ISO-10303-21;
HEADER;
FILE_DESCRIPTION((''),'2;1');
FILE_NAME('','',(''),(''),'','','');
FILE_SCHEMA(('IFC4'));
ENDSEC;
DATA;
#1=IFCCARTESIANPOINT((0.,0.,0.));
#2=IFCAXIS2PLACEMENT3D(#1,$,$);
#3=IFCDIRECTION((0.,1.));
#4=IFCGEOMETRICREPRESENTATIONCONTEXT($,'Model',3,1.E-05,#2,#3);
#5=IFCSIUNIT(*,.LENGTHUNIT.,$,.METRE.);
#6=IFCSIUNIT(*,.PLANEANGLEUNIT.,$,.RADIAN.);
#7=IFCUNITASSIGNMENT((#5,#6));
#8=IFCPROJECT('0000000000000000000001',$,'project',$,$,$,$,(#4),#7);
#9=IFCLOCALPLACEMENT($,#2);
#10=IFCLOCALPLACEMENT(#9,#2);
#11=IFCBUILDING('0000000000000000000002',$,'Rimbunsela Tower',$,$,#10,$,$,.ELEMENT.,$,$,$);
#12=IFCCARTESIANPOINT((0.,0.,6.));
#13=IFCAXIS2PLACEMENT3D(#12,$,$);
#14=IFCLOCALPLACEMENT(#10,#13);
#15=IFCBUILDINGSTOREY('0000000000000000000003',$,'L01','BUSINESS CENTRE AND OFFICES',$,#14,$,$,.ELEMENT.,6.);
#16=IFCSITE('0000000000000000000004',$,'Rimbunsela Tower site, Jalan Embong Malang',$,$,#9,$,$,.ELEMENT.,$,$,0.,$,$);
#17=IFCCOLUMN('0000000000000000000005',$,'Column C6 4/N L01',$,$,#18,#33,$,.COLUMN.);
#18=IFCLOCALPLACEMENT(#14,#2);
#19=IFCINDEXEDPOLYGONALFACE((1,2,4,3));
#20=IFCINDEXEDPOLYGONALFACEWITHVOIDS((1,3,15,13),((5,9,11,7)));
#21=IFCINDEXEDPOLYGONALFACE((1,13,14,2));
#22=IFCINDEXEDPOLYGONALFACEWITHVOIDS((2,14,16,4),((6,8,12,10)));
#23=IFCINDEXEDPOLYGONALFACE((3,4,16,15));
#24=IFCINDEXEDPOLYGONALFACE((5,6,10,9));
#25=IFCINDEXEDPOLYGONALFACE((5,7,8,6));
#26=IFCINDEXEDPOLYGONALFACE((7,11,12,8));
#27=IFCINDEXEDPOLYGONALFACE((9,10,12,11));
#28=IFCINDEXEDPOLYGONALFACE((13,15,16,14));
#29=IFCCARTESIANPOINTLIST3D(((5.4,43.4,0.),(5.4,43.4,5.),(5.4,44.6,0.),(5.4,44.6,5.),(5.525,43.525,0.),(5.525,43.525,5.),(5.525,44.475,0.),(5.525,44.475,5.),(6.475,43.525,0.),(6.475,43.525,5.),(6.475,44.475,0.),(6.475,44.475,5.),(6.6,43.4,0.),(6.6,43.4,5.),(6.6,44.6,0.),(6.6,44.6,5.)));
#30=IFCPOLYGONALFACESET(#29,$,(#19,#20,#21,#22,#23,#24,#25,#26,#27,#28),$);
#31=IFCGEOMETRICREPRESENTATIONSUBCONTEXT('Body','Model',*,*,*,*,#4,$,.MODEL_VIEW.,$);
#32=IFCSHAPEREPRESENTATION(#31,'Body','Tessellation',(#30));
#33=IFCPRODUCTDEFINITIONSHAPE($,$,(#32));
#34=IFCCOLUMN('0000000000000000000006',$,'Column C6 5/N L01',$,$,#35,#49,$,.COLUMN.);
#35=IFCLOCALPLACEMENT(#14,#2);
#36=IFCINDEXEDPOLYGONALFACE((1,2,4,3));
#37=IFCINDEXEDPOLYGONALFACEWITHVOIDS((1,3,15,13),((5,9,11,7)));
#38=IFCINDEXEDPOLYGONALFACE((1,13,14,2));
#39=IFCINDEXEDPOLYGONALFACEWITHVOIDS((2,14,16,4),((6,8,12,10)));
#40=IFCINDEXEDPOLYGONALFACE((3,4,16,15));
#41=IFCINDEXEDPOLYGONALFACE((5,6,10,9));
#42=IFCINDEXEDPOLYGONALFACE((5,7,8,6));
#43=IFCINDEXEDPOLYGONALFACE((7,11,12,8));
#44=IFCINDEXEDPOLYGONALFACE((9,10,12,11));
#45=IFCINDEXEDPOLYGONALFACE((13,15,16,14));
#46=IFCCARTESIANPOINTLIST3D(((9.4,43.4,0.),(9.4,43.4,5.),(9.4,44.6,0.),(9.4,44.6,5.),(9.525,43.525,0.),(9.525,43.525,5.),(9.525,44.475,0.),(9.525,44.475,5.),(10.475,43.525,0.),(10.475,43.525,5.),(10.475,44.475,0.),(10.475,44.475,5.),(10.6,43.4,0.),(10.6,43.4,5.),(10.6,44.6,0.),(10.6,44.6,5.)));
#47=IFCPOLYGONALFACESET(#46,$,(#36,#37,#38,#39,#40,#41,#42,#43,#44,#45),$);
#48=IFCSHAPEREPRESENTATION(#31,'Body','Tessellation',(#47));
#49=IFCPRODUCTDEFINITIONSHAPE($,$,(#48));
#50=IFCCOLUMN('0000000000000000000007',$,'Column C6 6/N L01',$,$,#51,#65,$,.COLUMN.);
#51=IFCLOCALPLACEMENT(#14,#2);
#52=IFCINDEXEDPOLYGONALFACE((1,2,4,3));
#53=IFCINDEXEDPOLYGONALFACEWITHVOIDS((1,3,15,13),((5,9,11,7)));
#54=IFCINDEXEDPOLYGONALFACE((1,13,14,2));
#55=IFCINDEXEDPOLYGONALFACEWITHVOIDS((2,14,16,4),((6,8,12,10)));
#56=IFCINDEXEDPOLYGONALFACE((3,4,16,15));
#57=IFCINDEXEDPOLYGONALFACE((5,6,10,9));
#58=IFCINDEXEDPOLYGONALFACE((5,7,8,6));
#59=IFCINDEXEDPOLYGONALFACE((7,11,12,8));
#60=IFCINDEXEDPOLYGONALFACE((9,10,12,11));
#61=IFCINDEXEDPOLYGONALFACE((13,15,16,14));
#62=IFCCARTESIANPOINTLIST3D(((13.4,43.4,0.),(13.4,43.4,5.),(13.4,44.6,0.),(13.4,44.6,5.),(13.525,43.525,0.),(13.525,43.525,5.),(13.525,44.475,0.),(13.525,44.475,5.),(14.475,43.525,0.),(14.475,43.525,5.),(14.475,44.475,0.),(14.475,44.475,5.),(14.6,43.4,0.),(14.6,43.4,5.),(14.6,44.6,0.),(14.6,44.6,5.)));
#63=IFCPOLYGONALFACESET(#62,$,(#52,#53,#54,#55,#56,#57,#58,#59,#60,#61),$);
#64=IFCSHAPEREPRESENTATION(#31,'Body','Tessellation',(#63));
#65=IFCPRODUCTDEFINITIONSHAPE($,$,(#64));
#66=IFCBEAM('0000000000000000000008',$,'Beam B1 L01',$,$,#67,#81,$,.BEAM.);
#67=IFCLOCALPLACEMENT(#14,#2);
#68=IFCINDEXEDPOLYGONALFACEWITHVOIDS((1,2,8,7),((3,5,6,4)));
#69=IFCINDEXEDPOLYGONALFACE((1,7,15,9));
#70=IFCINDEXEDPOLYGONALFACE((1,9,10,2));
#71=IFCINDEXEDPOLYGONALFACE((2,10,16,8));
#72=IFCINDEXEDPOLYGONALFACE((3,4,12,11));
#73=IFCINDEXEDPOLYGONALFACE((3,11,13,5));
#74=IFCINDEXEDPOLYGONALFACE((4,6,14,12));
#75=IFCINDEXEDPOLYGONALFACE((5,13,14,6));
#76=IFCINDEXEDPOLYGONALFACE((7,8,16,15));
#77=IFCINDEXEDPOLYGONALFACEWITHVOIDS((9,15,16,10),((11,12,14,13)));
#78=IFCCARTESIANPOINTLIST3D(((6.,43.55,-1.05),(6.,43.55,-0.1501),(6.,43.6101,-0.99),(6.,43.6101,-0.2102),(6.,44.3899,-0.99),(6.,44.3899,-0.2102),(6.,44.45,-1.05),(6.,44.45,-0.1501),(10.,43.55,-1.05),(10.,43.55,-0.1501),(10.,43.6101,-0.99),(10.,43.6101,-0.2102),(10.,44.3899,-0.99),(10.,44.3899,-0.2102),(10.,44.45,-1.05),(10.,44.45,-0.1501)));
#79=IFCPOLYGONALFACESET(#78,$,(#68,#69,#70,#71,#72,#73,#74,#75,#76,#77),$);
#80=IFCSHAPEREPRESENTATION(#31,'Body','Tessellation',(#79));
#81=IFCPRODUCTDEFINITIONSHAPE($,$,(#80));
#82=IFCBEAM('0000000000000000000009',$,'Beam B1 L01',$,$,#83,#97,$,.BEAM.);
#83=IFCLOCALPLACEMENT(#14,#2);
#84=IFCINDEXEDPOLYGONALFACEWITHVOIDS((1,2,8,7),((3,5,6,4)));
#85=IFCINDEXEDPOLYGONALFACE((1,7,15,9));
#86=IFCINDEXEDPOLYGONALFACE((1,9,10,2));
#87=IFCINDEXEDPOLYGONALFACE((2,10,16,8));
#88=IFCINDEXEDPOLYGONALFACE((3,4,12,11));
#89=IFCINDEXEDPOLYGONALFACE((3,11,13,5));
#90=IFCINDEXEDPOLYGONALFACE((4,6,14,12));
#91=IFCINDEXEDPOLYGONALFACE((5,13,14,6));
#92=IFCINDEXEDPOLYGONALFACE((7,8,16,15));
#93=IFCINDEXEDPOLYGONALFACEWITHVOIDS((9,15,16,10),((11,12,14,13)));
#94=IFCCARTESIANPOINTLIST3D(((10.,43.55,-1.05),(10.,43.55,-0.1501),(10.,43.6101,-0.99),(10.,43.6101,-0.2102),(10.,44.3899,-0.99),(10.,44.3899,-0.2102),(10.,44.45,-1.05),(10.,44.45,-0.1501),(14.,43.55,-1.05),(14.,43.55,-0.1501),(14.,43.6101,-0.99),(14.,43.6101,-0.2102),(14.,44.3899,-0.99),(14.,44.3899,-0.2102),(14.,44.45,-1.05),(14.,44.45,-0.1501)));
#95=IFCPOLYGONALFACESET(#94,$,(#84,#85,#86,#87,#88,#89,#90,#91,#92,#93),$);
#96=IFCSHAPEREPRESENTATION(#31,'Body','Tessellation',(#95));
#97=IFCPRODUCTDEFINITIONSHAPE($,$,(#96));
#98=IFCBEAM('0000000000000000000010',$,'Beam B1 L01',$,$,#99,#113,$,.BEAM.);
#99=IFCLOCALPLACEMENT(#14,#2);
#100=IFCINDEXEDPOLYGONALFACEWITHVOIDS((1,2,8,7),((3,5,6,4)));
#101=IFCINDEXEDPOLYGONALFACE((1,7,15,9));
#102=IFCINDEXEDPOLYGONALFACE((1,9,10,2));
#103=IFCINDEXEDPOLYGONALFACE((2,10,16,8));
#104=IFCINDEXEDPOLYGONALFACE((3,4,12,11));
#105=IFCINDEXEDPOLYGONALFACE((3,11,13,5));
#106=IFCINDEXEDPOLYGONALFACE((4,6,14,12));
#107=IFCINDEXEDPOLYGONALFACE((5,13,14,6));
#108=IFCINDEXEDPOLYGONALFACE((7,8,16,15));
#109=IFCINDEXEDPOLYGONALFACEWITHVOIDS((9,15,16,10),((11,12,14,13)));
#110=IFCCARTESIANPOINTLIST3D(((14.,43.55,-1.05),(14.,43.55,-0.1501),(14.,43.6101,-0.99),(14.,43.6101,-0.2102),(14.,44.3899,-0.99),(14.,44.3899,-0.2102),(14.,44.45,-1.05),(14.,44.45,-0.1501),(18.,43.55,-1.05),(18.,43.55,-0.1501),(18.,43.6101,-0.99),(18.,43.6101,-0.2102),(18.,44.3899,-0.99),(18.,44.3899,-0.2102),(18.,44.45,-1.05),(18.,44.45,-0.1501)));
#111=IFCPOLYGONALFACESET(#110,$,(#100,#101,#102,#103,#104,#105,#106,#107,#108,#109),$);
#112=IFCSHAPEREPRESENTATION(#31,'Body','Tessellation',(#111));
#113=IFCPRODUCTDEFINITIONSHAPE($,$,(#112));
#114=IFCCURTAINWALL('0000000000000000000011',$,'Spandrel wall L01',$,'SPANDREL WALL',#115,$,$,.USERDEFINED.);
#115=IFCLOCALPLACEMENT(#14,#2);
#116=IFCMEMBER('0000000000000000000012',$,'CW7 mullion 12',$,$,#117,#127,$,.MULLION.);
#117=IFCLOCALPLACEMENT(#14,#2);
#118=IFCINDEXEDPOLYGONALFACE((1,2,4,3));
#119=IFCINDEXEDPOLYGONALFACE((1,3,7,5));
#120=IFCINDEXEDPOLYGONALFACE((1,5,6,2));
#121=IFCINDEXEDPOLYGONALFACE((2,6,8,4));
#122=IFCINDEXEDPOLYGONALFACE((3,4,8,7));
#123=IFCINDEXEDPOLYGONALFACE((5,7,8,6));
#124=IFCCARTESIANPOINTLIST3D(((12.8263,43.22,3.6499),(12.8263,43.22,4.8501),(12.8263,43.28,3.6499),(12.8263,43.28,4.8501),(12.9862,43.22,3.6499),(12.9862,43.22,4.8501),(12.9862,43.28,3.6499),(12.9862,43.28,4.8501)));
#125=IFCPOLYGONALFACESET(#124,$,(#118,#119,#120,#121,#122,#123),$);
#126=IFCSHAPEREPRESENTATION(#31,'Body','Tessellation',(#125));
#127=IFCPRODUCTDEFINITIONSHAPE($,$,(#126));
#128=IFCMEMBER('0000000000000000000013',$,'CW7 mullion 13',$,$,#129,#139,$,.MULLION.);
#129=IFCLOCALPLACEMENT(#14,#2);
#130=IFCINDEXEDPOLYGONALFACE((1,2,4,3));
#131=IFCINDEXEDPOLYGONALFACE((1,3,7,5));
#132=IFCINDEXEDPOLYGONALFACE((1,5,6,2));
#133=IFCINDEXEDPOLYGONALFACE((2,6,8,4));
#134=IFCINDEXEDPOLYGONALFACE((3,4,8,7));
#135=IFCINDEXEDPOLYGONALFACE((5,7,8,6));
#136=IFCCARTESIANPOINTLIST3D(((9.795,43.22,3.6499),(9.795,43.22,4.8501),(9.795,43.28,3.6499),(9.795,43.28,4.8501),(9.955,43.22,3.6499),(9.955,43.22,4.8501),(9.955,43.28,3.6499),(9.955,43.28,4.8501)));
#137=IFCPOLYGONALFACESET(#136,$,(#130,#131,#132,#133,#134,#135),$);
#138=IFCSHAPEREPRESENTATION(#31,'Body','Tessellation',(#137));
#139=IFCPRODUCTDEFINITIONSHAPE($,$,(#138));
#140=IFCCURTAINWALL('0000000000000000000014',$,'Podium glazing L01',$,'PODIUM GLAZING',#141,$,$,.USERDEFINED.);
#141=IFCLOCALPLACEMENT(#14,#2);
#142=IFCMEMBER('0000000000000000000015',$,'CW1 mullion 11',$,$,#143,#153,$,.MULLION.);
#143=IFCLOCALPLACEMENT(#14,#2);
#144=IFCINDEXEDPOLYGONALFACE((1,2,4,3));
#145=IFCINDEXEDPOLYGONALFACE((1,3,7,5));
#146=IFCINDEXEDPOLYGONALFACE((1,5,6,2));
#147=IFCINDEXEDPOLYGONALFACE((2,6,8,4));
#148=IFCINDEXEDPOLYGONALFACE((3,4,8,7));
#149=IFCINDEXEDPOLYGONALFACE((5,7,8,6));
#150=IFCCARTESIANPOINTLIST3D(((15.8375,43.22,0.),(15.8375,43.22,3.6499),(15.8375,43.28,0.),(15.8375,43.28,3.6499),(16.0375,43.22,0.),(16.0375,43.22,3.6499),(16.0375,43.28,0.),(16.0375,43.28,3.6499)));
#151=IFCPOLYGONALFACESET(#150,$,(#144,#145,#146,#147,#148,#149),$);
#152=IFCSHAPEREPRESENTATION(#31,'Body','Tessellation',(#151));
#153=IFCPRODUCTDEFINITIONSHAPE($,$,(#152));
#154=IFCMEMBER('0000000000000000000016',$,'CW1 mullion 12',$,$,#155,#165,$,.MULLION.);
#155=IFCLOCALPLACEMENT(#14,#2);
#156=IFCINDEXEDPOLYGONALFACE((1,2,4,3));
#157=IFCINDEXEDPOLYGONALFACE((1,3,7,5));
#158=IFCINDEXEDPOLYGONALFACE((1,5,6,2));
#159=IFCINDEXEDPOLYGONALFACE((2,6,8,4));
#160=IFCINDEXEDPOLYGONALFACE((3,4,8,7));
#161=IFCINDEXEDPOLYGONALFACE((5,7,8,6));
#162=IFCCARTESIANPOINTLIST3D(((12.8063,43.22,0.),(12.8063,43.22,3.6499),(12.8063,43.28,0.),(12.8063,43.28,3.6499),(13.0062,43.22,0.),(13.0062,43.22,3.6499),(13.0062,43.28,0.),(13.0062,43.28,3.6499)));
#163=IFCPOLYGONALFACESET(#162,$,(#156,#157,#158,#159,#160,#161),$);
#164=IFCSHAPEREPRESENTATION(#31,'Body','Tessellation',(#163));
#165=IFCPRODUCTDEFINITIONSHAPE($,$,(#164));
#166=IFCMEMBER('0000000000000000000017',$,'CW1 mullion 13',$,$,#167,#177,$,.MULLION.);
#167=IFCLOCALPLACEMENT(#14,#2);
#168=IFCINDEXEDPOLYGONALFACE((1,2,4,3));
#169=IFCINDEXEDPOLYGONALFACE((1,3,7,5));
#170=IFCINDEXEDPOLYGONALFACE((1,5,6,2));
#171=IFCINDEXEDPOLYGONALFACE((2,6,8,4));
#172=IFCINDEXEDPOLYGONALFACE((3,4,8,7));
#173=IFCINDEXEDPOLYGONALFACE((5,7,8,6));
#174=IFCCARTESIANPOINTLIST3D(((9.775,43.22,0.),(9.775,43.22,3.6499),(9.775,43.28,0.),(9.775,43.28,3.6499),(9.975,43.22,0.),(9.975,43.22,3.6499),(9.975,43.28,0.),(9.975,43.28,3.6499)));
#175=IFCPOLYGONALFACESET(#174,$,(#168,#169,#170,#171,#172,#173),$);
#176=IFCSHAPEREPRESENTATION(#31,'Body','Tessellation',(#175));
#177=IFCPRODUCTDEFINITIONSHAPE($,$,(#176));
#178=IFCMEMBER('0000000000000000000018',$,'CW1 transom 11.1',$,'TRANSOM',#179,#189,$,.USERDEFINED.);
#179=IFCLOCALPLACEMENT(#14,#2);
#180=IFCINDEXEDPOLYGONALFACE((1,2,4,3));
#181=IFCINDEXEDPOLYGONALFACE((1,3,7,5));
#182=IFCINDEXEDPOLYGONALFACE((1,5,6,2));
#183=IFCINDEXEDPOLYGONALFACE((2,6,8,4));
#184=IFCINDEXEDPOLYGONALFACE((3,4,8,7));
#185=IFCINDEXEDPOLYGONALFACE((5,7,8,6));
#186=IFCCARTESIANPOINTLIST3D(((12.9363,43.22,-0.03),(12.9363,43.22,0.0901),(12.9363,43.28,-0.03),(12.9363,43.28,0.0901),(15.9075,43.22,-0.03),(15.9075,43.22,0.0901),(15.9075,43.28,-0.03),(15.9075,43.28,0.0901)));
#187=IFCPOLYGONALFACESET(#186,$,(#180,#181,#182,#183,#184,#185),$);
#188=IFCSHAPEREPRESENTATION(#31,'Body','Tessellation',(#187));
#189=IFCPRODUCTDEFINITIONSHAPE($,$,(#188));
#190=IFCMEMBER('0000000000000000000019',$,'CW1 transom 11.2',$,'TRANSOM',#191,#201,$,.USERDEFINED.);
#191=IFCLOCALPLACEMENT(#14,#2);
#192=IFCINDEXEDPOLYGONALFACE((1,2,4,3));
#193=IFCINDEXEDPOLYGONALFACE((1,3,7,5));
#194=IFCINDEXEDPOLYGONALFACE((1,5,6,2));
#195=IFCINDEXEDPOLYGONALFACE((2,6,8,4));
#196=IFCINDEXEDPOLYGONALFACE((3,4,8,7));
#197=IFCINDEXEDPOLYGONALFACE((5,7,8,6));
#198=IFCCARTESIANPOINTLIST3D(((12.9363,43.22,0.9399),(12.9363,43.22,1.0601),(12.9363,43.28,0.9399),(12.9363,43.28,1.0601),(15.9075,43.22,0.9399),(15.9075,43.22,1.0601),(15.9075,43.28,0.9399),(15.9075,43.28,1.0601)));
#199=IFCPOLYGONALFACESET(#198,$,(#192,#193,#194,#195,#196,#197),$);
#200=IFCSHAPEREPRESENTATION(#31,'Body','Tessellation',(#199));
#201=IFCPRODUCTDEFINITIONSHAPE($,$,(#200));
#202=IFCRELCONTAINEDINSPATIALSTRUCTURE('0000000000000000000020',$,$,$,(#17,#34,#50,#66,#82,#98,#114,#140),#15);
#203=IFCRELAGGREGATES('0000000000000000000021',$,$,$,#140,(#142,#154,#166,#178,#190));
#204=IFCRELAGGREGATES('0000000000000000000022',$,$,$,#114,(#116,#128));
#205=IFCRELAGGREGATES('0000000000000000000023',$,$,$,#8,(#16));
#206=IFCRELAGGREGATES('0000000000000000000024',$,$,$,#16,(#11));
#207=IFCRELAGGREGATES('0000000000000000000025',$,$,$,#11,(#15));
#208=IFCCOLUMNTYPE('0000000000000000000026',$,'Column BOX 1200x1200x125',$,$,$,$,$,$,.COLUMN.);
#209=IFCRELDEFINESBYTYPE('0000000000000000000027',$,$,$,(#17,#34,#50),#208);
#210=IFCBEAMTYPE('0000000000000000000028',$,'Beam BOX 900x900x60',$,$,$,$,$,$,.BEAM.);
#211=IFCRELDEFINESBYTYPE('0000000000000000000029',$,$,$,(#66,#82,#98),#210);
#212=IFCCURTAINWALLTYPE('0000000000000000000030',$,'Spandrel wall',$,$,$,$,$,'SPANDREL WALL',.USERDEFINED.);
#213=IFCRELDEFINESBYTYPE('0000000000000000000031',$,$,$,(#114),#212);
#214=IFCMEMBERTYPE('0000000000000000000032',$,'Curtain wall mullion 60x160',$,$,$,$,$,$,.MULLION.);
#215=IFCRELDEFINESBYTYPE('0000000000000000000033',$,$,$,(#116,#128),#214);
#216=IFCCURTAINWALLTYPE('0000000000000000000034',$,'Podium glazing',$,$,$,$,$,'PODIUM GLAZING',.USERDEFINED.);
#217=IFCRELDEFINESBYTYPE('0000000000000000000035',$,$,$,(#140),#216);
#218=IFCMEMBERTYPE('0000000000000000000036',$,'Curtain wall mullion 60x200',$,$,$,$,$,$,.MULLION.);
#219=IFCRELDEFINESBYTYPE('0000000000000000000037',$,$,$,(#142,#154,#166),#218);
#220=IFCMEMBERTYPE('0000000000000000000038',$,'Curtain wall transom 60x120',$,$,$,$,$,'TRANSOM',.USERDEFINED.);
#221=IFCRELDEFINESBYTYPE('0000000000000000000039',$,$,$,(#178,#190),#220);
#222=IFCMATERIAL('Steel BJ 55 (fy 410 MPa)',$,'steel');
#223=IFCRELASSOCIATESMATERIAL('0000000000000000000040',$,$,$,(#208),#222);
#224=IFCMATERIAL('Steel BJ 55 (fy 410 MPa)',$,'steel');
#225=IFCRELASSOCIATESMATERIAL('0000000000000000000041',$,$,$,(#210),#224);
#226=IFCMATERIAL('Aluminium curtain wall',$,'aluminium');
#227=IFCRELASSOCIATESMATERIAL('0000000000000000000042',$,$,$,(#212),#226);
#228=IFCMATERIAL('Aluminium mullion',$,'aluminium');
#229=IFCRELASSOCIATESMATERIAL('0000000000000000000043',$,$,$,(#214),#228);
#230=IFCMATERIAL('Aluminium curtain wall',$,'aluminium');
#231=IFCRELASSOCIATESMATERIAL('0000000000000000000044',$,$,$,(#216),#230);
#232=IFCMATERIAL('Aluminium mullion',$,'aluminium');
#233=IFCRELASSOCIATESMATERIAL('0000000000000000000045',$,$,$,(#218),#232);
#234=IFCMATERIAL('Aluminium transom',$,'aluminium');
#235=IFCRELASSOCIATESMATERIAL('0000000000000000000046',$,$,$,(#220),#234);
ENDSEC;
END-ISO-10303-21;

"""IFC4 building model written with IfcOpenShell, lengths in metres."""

from ifc_helpers import new_model, si_unit, direction, frame, origin, origin_2d, place, context, subcontext, project, spatial, rectangle, hollow_rectangle, extrude, material, material_profile, profile_set, type_object, element, aggregate, save


model = new_model("IFC4")

# Units and contexts
model_context = context("Model", 3, precision=1e-05, world=origin(), true_north=direction((0.0, 1.0)))
body_context = subcontext(model_context, "Body", "Model", "MODEL_VIEW")
ifc_project = project(units=[si_unit("LENGTHUNIT", "METRE"), si_unit("PLANEANGLEUNIT", "RADIAN")], contexts=[model_context])

# Site, building, storey
site_placement = place(None, origin())
site = spatial("IfcSite", under=ifc_project, at=site_placement, Name="Rimbunsela Tower site, Jalan Embong Malang", CompositionType="ELEMENT", RefElevation=0.0)
building_placement = place(site_placement, origin())
building = spatial("IfcBuilding", under=site, at=building_placement, Name="Rimbunsela Tower", CompositionType="ELEMENT")
storey_placement = place(building_placement, frame((0.0, 0.0, 6.0)))
storey = spatial("IfcBuildingStorey", under=building, at=storey_placement, Name="L01", Description="BUSINESS CENTRE AND OFFICES", CompositionType="ELEMENT", Elevation=6.0)

# Columns
ifc_material_1 = material(Name="Steel BJ 55 (fy 410 MPa)", Category="steel")
ifc_material_profile_1 = material_profile(ifc_material_1, hollow_rectangle(XDim=1.2, YDim=1.2, WallThickness=0.125, at=origin_2d()), Name="BOX 1200x1200x125")
ifc_profile_set_1 = profile_set([ifc_material_profile_1], Name="Steel BJ 55 (fy 410 MPa)")
column_type = type_object("IfcColumnType", Name="Column BOX 1200x1200x125", PredefinedType="COLUMN", material=ifc_profile_set_1)
for number, where, z_axis, x_axis, name in (
    (1, (6.0, 44.0, 0.0), (0.0, 0.0, 1.0), (1.0, 0.0, 0.0), "Column C6 4/N L01"),
    (2, (10.0, 44.0, 0.0), (0.0, 0.0, 1.0), (1.0, 0.0, 0.0), "Column C6 5/N L01"),
    (3, (14.0, 44.0, 0.0), (0.0, 0.0, 1.0), (1.0, 0.0, 0.0), "Column C6 6/N L01"),
):
    element("IfcColumn", number, at=place(storey_placement, frame(where, z_axis=z_axis, x_axis=x_axis)), inside=storey, type_object=column_type, Name=name, PredefinedType="COLUMN", context=body_context, shape_type="SweptSolid", body=[
        extrude(hollow_rectangle(XDim=1.2, YDim=1.2, WallThickness=0.125, at=origin_2d()), origin(), (0.0, 0.0, 1.0), 5.0),
    ])

# Beams
ifc_material_2 = material(Name="Steel BJ 55 (fy 410 MPa)", Category="steel")
ifc_material_profile_2 = material_profile(ifc_material_2, hollow_rectangle(XDim=0.8999, YDim=0.8999, WallThickness=0.0601, at=origin_2d()), Name="BOX 900x900x60")
ifc_profile_set_2 = profile_set([ifc_material_profile_2], Name="Steel BJ 55 (fy 410 MPa)")
beam_type = type_object("IfcBeamType", Name="Beam BOX 900x900x60", PredefinedType="BEAM", material=ifc_profile_set_2)
for number, where, z_axis, x_axis, name in (
    (4, (6.0, 44.0, -0.6001), (1.0, 0.0, 0.0), (0.0, 1.0, 0.0), "Beam B1 L01"),
    (5, (10.0, 44.0, -0.6001), (1.0, 0.0, 0.0), (0.0, 1.0, 0.0), "Beam B1 L01"),
    (6, (14.0, 44.0, -0.6001), (1.0, 0.0, 0.0), (0.0, 1.0, 0.0), "Beam B1 L01"),
):
    element("IfcBeam", number, at=place(storey_placement, frame(where, z_axis=z_axis, x_axis=x_axis)), inside=storey, type_object=beam_type, Name=name, PredefinedType="BEAM", context=body_context, shape_type="SweptSolid", body=[
        extrude(hollow_rectangle(XDim=0.8999, YDim=0.8999, WallThickness=0.0601, at=origin_2d()), origin(), (0.0, 0.0, 1.0), 4.0),
    ])

# Curtain walls, members
ifc_material_3 = material(Name="Aluminium curtain wall", Category="aluminium")
curtain_wall_type_1 = type_object("IfcCurtainWallType", Name="Spandrel wall", ElementType="SPANDREL WALL", PredefinedType="USERDEFINED", material=ifc_material_3)
curtain_wall_1_placement = place(storey_placement, origin())
curtain_wall_1 = element("IfcCurtainWall", 7, at=curtain_wall_1_placement, inside=storey, type_object=curtain_wall_type_1, Name="Spandrel wall L01", ObjectType="SPANDREL WALL", PredefinedType="USERDEFINED")
ifc_material_4 = material(Name="Aluminium mullion", Category="aluminium")
ifc_material_profile_3 = material_profile(ifc_material_4, rectangle(XDim=0.0601, YDim=0.1599, at=origin_2d()), Name="Mullion 60x160")
ifc_profile_set_3 = profile_set([ifc_material_profile_3], Name="Aluminium mullion")
member_type_1 = type_object("IfcMemberType", Name="Curtain wall mullion 60x160", PredefinedType="MULLION", material=ifc_profile_set_3)
member_1_placement = place(storey_placement, frame((12.9062, 43.25, 3.6499), z_axis=(0.0, 0.0, 1.0), x_axis=(0.0, -1.0, 0.0)))
member_1 = element("IfcMember", 8, at=member_1_placement, type_object=member_type_1, Name="CW7 mullion 12", PredefinedType="MULLION", context=body_context, shape_type="SweptSolid", body=[
    extrude(rectangle(XDim=0.0601, YDim=0.1599, at=origin_2d()), origin(), (0.0, 0.0, 1.0), 1.2002),
])
member_2_placement = place(storey_placement, frame((9.875, 43.25, 3.6499), z_axis=(0.0, 0.0, 1.0), x_axis=(0.0, -1.0, 0.0)))
member_2 = element("IfcMember", 9, at=member_2_placement, type_object=member_type_1, Name="CW7 mullion 13", PredefinedType="MULLION", context=body_context, shape_type="SweptSolid", body=[
    extrude(rectangle(XDim=0.0601, YDim=0.1599, at=origin_2d()), origin(), (0.0, 0.0, 1.0), 1.2002),
])
ifc_material_5 = material(Name="Aluminium curtain wall", Category="aluminium")
curtain_wall_type_2 = type_object("IfcCurtainWallType", Name="Podium glazing", ElementType="PODIUM GLAZING", PredefinedType="USERDEFINED", material=ifc_material_5)
curtain_wall_2_placement = place(storey_placement, origin())
curtain_wall_2 = element("IfcCurtainWall", 10, at=curtain_wall_2_placement, inside=storey, type_object=curtain_wall_type_2, Name="Podium glazing L01", ObjectType="PODIUM GLAZING", PredefinedType="USERDEFINED")
ifc_material_6 = material(Name="Aluminium mullion", Category="aluminium")
ifc_material_profile_4 = material_profile(ifc_material_6, rectangle(XDim=0.0601, YDim=0.2, at=origin_2d()), Name="Mullion 60x200")
ifc_profile_set_4 = profile_set([ifc_material_profile_4], Name="Aluminium mullion")
member_type_2 = type_object("IfcMemberType", Name="Curtain wall mullion 60x200", PredefinedType="MULLION", material=ifc_profile_set_4)
member_3_placement = place(storey_placement, frame((15.9375, 43.25, 0.0), z_axis=(0.0, 0.0, 1.0), x_axis=(0.0, -1.0, 0.0)))
member_3 = element("IfcMember", 11, at=member_3_placement, type_object=member_type_2, Name="CW1 mullion 11", PredefinedType="MULLION", context=body_context, shape_type="SweptSolid", body=[
    extrude(rectangle(XDim=0.0601, YDim=0.2, at=origin_2d()), origin(), (0.0, 0.0, 1.0), 3.6499),
])
member_4_placement = place(storey_placement, frame((12.9062, 43.25, 0.0), z_axis=(0.0, 0.0, 1.0), x_axis=(0.0, -1.0, 0.0)))
member_4 = element("IfcMember", 12, at=member_4_placement, type_object=member_type_2, Name="CW1 mullion 12", PredefinedType="MULLION", context=body_context, shape_type="SweptSolid", body=[
    extrude(rectangle(XDim=0.0601, YDim=0.2, at=origin_2d()), origin(), (0.0, 0.0, 1.0), 3.6499),
])
member_5_placement = place(storey_placement, frame((9.875, 43.25, 0.0), z_axis=(0.0, 0.0, 1.0), x_axis=(0.0, -1.0, 0.0)))
member_5 = element("IfcMember", 13, at=member_5_placement, type_object=member_type_2, Name="CW1 mullion 13", PredefinedType="MULLION", context=body_context, shape_type="SweptSolid", body=[
    extrude(rectangle(XDim=0.0601, YDim=0.2, at=origin_2d()), origin(), (0.0, 0.0, 1.0), 3.6499),
])
ifc_material_7 = material(Name="Aluminium transom", Category="aluminium")
ifc_material_profile_5 = material_profile(ifc_material_7, rectangle(XDim=0.0601, YDim=0.1201, at=origin_2d()), Name="Transom 60x120")
ifc_profile_set_5 = profile_set([ifc_material_profile_5], Name="Aluminium transom")
member_type_3 = type_object("IfcMemberType", Name="Curtain wall transom 60x120", ElementType="TRANSOM", PredefinedType="USERDEFINED", material=ifc_profile_set_5)
member_6_placement = place(storey_placement, frame((15.9075, 43.25, 0.03), z_axis=(-1.0, 0.0, 0.0), x_axis=(0.0, -1.0, 0.0)))
member_6 = element("IfcMember", 14, at=member_6_placement, type_object=member_type_3, Name="CW1 transom 11.1", ObjectType="TRANSOM", PredefinedType="USERDEFINED", context=body_context, shape_type="SweptSolid", body=[
    extrude(rectangle(XDim=0.0601, YDim=0.1201, at=origin_2d()), origin(), (0.0, 0.0, 1.0), 2.9712),
])
member_7_placement = place(storey_placement, frame((15.9075, 43.25, 1.0), z_axis=(-1.0, 0.0, 0.0), x_axis=(0.0, -1.0, 0.0)))
member_7 = element("IfcMember", 15, at=member_7_placement, type_object=member_type_3, Name="CW1 transom 11.2", ObjectType="TRANSOM", PredefinedType="USERDEFINED", context=body_context, shape_type="SweptSolid", body=[
    extrude(rectangle(XDim=0.0601, YDim=0.1201, at=origin_2d()), origin(), (0.0, 0.0, 1.0), 2.9712),
])

aggregate(curtain_wall_2, [member_3, member_4, member_5, member_6, member_7])
aggregate(curtain_wall_1, [member_1, member_2])

save(model, "model.ifc")
